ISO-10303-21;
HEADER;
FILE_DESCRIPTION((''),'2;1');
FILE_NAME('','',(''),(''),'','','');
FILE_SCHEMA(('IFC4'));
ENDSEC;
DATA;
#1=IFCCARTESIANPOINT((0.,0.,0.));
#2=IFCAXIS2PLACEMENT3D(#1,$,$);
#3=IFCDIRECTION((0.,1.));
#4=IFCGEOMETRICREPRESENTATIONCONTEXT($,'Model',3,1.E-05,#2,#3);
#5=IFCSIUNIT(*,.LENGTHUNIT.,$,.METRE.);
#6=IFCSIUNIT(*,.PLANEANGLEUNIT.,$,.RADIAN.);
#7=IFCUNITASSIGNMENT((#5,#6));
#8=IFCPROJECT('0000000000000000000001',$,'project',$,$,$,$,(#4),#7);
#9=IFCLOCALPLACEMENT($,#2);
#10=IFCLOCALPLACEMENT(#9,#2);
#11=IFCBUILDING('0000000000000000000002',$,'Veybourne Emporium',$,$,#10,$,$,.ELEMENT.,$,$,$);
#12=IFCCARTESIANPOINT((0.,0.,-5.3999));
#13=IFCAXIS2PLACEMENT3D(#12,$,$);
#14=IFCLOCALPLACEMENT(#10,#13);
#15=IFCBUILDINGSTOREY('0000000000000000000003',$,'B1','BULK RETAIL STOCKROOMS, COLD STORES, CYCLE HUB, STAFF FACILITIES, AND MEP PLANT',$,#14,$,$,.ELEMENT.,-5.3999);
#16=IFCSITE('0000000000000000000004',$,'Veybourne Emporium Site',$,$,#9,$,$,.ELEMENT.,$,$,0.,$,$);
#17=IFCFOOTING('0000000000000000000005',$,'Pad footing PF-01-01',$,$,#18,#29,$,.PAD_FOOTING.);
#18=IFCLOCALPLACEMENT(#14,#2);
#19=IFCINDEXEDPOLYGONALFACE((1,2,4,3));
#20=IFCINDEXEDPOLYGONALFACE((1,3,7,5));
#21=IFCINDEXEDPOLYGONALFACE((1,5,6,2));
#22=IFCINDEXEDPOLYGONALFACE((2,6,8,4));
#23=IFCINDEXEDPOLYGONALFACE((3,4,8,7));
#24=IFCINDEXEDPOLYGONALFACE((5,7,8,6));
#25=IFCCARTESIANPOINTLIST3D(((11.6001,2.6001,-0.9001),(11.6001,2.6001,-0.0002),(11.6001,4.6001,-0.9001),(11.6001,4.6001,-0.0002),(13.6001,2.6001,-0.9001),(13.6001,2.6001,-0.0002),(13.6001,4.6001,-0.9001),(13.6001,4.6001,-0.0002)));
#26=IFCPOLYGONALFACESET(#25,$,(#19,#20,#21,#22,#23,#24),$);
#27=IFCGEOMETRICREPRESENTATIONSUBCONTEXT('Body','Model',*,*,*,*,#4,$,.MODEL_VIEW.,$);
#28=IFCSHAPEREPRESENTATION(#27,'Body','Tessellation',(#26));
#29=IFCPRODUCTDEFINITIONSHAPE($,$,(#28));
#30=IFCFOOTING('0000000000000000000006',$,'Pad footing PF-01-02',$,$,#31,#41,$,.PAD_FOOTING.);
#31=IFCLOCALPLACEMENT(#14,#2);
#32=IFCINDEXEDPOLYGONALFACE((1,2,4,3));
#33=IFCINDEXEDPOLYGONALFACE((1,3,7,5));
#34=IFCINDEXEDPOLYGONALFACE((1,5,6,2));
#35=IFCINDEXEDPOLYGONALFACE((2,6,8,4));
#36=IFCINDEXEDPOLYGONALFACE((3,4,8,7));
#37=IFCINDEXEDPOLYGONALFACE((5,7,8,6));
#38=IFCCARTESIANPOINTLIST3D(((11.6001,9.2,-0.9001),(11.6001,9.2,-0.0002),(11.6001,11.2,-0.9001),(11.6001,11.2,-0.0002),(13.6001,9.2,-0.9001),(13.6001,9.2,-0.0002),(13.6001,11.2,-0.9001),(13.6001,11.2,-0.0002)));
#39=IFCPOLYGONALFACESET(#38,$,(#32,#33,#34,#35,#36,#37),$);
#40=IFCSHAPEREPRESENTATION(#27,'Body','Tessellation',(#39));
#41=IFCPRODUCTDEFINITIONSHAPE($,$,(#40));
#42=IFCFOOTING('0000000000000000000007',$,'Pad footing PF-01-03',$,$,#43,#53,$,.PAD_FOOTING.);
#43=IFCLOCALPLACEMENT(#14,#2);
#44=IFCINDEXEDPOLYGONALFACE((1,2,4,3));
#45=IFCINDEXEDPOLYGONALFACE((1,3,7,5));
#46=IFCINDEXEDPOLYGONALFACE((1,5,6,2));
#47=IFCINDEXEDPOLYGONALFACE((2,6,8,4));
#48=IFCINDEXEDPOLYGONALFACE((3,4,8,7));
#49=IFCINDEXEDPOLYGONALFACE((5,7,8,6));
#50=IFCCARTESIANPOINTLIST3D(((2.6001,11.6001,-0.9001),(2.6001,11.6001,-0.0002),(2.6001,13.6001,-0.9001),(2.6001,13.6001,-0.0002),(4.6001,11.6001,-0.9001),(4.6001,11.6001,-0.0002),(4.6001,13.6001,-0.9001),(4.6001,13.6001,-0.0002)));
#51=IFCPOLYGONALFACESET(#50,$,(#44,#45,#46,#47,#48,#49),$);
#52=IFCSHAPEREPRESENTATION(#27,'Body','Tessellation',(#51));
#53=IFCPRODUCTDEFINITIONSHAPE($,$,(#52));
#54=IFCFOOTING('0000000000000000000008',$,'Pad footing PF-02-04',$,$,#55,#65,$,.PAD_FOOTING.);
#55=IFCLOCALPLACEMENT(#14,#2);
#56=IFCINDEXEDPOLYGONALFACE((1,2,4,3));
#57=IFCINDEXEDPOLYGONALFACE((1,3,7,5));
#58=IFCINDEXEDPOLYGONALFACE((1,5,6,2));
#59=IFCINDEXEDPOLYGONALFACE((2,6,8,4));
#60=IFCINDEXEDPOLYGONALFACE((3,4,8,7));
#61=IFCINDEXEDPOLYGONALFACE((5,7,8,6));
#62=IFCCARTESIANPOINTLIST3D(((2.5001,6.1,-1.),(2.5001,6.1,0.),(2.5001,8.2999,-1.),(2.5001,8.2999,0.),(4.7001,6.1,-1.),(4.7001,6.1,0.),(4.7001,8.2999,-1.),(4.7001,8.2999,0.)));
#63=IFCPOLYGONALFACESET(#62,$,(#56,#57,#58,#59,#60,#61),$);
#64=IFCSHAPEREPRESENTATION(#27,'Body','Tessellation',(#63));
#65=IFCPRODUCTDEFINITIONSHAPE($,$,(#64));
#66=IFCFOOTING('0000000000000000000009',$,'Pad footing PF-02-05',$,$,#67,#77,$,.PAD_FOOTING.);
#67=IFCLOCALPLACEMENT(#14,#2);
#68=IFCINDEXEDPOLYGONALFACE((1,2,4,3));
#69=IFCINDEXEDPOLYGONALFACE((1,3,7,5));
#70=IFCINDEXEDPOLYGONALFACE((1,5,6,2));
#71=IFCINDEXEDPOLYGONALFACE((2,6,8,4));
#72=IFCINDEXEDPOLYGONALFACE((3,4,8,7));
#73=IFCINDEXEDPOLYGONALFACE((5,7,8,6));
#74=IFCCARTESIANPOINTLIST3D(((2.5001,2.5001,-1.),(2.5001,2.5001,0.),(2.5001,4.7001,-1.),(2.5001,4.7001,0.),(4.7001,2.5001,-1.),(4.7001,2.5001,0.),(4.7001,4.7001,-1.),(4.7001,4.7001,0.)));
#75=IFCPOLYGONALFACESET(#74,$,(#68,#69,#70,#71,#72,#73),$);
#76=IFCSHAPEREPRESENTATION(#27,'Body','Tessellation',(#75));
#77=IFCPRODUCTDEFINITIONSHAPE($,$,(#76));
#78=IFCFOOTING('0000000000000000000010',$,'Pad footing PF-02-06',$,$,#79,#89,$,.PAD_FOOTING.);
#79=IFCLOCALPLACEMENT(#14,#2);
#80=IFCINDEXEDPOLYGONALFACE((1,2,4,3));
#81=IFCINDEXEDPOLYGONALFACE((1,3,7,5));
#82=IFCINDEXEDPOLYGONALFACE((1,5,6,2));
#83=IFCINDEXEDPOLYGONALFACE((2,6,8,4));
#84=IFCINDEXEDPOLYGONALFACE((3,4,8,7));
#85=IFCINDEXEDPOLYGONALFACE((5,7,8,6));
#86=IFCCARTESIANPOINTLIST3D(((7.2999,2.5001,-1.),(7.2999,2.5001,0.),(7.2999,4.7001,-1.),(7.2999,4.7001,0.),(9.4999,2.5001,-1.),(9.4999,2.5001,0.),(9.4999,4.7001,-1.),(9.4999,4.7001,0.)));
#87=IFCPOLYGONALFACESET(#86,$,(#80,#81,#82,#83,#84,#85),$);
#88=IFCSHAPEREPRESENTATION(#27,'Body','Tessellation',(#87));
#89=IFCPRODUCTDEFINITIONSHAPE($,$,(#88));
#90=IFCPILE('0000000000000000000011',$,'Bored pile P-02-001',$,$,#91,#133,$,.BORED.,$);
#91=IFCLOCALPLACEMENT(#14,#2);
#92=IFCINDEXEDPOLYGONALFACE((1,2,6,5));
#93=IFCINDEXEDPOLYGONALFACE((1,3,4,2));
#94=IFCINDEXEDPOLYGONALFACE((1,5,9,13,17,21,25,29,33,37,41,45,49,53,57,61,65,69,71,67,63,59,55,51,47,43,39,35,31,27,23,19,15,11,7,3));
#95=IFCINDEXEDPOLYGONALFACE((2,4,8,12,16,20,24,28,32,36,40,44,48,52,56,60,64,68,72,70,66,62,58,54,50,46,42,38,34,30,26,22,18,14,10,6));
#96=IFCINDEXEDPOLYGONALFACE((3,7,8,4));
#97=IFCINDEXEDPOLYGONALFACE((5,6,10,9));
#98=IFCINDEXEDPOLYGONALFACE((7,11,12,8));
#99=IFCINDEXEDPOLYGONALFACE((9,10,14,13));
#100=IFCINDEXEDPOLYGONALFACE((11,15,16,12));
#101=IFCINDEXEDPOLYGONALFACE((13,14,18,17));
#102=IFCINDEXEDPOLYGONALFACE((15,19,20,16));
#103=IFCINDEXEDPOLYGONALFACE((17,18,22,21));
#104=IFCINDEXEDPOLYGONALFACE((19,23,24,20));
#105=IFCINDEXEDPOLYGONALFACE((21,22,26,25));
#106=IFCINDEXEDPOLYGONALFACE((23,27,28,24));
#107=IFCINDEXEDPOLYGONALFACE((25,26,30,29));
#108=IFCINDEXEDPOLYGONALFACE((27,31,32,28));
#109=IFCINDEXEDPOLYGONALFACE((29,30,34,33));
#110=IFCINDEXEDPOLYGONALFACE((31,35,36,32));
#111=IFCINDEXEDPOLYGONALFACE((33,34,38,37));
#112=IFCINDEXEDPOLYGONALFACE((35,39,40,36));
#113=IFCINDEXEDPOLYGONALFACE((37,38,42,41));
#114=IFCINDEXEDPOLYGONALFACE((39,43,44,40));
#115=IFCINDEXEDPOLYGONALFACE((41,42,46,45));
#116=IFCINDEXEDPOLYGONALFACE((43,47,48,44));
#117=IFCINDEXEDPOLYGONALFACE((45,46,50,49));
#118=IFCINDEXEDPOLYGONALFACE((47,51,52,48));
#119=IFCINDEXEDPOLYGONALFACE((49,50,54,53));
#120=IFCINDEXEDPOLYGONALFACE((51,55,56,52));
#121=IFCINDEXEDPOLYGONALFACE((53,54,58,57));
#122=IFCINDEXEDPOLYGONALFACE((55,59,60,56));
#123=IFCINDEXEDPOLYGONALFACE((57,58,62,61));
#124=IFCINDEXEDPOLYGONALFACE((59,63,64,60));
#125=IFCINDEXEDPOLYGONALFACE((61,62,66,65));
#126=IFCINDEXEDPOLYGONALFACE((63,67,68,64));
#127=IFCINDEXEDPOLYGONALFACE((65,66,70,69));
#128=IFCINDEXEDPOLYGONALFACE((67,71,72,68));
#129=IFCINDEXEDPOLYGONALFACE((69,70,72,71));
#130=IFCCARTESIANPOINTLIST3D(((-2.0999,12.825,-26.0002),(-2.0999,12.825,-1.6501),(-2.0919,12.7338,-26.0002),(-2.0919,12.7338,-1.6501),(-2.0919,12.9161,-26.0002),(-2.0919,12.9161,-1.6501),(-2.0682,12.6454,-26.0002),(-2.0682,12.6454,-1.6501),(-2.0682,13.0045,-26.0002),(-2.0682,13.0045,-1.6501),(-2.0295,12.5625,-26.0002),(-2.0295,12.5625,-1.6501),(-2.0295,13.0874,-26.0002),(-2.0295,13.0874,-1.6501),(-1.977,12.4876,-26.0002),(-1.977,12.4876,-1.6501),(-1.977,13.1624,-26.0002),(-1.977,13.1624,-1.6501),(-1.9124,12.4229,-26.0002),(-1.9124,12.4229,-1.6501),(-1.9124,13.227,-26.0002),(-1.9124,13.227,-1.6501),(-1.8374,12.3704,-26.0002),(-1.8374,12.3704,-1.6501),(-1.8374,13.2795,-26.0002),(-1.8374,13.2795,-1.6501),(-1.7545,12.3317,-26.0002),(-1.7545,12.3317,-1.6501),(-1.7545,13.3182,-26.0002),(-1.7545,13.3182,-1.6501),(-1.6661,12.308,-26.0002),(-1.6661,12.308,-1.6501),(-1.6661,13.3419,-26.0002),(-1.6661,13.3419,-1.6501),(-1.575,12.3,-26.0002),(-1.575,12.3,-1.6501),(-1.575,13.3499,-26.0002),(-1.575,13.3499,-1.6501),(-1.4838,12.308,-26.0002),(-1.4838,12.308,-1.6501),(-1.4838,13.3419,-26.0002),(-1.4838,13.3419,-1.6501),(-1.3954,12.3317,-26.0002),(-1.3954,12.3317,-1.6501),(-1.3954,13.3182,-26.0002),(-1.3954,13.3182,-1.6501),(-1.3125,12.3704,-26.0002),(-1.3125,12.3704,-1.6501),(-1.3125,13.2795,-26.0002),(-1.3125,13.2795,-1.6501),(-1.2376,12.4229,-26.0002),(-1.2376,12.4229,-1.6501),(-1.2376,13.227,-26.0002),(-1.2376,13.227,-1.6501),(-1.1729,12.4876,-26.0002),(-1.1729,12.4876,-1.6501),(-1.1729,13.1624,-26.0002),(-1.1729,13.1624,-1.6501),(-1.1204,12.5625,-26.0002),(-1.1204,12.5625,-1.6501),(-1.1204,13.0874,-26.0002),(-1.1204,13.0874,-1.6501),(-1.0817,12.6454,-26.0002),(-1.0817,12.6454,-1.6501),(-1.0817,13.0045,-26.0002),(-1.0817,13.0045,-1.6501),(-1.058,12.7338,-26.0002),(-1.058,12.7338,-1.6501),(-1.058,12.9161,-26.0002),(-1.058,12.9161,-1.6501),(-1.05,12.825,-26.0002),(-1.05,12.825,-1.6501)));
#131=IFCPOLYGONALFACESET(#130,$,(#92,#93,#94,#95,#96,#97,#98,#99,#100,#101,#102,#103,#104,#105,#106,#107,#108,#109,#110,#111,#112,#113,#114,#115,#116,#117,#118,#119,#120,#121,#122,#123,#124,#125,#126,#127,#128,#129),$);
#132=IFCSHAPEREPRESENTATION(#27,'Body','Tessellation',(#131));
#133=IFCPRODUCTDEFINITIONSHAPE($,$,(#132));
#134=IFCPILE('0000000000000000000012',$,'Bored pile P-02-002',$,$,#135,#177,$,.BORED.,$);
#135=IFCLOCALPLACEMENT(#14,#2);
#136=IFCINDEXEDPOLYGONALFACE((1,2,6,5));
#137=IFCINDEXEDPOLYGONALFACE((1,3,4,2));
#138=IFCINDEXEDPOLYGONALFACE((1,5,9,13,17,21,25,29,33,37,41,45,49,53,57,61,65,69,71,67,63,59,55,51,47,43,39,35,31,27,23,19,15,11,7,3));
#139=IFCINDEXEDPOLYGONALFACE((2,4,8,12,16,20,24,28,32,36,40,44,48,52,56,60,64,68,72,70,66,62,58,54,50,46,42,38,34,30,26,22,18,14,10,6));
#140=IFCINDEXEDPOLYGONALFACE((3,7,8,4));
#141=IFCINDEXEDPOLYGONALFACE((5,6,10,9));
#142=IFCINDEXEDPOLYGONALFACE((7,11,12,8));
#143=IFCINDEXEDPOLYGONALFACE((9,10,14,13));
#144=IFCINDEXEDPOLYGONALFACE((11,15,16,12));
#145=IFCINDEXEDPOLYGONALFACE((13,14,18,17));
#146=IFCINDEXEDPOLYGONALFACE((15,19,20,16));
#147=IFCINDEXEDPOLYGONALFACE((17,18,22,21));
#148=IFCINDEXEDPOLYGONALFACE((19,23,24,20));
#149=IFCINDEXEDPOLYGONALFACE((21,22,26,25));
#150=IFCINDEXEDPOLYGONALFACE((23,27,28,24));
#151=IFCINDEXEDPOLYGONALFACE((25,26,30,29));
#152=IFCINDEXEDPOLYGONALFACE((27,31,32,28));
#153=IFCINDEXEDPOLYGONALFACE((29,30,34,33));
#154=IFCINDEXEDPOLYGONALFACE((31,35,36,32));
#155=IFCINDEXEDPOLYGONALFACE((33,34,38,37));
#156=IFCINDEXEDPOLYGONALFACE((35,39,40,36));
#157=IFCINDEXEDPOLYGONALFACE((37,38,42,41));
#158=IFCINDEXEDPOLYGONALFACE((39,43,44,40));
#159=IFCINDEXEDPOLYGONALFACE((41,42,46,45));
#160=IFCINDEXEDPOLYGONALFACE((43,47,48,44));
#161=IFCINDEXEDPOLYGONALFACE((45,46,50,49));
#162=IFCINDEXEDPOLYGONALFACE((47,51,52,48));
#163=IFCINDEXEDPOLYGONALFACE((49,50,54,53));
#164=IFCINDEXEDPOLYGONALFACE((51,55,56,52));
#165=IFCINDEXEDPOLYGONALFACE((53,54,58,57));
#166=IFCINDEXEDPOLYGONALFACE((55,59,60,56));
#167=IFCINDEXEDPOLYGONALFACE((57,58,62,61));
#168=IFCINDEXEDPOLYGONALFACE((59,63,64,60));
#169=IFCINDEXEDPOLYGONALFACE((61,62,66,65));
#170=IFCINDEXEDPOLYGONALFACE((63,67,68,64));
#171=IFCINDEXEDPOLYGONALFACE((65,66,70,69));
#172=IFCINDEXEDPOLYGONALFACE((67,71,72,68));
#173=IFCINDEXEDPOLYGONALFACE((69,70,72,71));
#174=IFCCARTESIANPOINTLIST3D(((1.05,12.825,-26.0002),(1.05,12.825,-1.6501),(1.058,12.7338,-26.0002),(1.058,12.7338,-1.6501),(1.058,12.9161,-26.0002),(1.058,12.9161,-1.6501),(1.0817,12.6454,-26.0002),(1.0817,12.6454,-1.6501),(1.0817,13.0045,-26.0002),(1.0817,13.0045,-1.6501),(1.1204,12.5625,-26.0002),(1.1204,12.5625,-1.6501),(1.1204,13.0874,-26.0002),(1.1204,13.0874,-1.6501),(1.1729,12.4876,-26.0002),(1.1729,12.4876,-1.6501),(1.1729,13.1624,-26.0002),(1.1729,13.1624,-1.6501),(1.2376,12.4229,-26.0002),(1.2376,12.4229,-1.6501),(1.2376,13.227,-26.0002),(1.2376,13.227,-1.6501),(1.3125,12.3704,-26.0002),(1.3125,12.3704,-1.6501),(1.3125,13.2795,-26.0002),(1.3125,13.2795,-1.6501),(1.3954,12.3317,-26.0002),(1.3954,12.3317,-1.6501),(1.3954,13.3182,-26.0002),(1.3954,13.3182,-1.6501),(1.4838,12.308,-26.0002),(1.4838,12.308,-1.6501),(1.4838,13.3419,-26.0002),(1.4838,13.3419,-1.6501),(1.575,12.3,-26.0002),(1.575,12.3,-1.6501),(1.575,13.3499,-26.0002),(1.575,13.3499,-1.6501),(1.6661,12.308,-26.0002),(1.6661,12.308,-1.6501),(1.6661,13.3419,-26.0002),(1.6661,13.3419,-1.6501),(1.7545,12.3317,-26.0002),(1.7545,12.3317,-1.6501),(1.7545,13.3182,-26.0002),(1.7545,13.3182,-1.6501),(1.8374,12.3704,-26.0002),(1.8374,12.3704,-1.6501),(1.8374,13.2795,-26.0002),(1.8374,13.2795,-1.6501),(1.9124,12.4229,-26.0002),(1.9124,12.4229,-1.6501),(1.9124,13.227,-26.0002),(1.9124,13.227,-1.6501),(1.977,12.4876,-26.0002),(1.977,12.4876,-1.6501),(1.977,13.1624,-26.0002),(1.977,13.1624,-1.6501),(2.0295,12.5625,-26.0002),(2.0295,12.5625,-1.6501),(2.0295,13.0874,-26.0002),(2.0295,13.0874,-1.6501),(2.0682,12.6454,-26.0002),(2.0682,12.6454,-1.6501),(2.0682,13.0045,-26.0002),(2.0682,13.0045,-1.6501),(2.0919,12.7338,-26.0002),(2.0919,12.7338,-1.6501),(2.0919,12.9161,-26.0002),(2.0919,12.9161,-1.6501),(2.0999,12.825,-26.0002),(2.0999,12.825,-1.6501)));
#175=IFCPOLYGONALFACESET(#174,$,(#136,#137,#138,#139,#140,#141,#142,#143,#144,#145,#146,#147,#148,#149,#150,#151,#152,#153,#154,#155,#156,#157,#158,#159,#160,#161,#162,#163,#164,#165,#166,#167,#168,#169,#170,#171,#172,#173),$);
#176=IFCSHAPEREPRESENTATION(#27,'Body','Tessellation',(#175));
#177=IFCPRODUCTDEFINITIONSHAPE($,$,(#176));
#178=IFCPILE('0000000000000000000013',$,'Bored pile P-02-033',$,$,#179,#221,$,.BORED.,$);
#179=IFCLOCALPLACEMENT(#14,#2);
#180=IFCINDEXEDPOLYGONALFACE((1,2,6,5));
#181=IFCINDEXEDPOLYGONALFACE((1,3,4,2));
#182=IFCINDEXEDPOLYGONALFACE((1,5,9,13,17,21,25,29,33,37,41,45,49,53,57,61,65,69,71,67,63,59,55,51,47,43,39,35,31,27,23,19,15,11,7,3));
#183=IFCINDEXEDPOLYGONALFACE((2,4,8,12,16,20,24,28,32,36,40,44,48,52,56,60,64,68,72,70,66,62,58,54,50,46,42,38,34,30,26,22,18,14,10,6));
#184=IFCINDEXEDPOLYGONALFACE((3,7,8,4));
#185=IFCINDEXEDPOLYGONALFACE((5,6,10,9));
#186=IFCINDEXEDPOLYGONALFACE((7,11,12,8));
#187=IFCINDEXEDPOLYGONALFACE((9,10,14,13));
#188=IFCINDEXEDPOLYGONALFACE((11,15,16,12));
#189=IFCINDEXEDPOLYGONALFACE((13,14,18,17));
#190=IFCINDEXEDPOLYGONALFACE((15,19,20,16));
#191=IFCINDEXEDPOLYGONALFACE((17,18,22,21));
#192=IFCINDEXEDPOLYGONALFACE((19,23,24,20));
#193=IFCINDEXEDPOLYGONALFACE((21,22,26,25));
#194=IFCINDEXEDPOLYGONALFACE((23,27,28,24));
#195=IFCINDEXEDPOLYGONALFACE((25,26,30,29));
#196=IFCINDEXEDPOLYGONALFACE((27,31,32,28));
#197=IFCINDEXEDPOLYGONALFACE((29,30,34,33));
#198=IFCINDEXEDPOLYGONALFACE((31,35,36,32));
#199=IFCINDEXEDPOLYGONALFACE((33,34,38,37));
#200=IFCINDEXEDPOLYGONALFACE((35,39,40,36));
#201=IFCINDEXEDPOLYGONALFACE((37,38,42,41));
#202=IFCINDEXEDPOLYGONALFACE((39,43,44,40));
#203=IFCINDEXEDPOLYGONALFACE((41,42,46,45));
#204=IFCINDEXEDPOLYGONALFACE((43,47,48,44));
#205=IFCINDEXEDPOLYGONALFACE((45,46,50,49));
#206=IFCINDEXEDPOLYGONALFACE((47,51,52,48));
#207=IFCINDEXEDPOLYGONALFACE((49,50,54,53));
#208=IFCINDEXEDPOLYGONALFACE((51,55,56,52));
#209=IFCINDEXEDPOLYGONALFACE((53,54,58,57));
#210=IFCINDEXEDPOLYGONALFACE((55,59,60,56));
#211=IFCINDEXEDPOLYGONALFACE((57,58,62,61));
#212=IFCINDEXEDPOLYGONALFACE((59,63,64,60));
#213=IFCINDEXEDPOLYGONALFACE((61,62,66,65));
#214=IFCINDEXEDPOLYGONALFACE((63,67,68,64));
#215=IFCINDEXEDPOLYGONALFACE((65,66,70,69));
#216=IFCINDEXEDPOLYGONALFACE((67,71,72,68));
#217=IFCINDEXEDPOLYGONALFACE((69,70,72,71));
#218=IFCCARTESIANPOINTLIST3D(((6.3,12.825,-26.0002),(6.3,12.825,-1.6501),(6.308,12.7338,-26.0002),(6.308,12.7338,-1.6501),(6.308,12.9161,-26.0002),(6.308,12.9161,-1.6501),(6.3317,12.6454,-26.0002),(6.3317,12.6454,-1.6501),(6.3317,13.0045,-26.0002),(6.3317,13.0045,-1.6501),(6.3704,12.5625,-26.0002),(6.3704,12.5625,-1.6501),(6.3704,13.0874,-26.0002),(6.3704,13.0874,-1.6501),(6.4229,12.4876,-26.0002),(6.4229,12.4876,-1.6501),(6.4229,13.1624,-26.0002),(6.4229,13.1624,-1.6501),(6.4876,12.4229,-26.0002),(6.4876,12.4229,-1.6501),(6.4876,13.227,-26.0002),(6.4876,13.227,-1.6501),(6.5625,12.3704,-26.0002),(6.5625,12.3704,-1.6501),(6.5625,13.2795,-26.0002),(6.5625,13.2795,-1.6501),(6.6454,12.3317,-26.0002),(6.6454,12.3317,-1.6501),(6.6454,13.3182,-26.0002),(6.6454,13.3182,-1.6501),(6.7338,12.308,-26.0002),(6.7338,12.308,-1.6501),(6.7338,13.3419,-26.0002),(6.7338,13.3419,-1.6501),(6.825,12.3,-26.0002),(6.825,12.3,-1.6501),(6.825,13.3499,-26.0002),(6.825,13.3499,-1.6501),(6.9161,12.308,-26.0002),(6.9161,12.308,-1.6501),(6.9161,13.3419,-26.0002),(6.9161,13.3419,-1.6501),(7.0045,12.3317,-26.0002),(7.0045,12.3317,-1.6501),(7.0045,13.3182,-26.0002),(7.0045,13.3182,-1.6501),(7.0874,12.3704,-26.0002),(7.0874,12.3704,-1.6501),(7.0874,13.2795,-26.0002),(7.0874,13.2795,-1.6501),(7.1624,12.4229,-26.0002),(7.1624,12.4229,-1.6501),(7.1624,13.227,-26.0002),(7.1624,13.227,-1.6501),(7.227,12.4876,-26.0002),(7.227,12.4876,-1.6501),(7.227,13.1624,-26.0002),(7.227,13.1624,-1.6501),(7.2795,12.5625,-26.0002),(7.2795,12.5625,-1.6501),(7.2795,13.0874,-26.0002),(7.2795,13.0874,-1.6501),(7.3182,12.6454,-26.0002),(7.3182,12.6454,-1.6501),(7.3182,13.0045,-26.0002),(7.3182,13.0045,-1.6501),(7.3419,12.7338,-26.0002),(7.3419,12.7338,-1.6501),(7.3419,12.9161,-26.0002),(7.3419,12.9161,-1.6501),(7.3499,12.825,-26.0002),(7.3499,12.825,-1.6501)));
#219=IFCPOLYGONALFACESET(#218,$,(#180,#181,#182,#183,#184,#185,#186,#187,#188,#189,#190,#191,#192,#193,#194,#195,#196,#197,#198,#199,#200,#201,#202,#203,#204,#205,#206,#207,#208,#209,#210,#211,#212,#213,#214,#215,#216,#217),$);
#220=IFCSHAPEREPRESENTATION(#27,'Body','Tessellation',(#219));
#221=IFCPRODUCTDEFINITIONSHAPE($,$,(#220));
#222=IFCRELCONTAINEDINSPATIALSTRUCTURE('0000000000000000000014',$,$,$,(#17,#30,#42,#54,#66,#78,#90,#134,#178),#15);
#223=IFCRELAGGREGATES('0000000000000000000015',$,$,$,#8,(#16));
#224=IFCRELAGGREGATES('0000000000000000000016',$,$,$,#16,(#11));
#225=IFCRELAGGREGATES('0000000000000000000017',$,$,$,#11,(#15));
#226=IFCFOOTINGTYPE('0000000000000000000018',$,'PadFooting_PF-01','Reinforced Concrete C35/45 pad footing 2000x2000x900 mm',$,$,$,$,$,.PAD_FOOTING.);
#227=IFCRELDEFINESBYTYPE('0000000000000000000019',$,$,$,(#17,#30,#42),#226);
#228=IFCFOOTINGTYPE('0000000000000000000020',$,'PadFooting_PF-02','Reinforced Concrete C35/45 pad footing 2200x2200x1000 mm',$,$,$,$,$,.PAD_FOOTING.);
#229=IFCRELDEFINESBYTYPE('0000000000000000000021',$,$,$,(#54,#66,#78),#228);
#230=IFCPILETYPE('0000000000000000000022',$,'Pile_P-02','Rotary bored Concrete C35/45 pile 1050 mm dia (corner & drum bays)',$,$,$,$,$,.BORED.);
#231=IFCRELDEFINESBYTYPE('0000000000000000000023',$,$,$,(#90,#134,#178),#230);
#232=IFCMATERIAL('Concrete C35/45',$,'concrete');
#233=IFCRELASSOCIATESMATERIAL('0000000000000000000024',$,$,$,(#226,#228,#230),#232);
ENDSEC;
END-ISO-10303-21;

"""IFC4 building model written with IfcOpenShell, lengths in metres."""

from ifc_helpers import new_model, si_unit, direction, frame, origin, origin_2d, place, context, subcontext, project, spatial, rectangle, circle, extrude, material, material_profile, profile_set, type_object, element, save


model = new_model("IFC4")

# Units and contexts
model_context = context("Model", 3, precision=1e-05, world=origin(), true_north=direction((0.0, 1.0)))
body_context = subcontext(model_context, "Body", "Model", "MODEL_VIEW")
ifc_project = project(units=[si_unit("LENGTHUNIT", "METRE"), si_unit("PLANEANGLEUNIT", "RADIAN")], contexts=[model_context])

# Site, building, storey
site_placement = place(None, origin())
site = spatial("IfcSite", under=ifc_project, at=site_placement, Name="Veybourne Emporium Site", CompositionType="ELEMENT", RefElevation=0.0)
building_placement = place(site_placement, origin())
building = spatial("IfcBuilding", under=site, at=building_placement, Name="Veybourne Emporium", CompositionType="ELEMENT")
storey_placement = place(building_placement, frame((0.0, 0.0, -5.3999)))
storey = spatial("IfcBuildingStorey", under=building, at=storey_placement, Name="B1", Description="BULK RETAIL STOCKROOMS, COLD STORES, CYCLE HUB, STAFF FACILITIES, AND MEP PLANT", CompositionType="ELEMENT", Elevation=-5.3999)

# Footings
ifc_material_1 = material(Name="Concrete C35/45", Category="concrete")
footing_type_1 = type_object("IfcFootingType", Name="PadFooting_PF-01", Description="Reinforced Concrete C35/45 pad footing 2000x2000x900 mm", PredefinedType="PAD_FOOTING", material=ifc_material_1)
for number, where, z_axis, x_axis, name in (
    (1, (12.6001, 3.6001, -0.9001), (0.0, 0.0, 1.0), (1.0, 0.0, 0.0), "Pad footing PF-01-01"),
    (2, (12.6001, 10.2, -0.9001), (0.0, 0.0, 1.0), (1.0, 0.0, 0.0), "Pad footing PF-01-02"),
    (3, (3.6001, 12.6001, -0.9001), (0.0, 0.0, 1.0), (1.0, 0.0, 0.0), "Pad footing PF-01-03"),
):
    element("IfcFooting", number, at=place(storey_placement, frame(where, z_axis=z_axis, x_axis=x_axis)), inside=storey, type_object=footing_type_1, Name=name, PredefinedType="PAD_FOOTING", context=body_context, shape_type="SweptSolid", body=[
        extrude(rectangle(XDim=2.0, YDim=2.0, at=origin_2d()), origin(), (0.0, 0.0, 1.0), 0.8999),
    ])
footing_type_2 = type_object("IfcFootingType", Name="PadFooting_PF-02", Description="Reinforced Concrete C35/45 pad footing 2200x2200x1000 mm", PredefinedType="PAD_FOOTING", material=ifc_material_1)
for number, where, z_axis, x_axis, name in (
    (4, (3.6001, 7.2, -1.0), (0.0, 0.0, 1.0), (1.0, 0.0, 0.0), "Pad footing PF-02-04"),
    (5, (3.6001, 3.6001, -1.0), (0.0, 0.0, 1.0), (1.0, 0.0, 0.0), "Pad footing PF-02-05"),
    (6, (8.3999, 3.6001, -1.0), (0.0, 0.0, 1.0), (1.0, 0.0, 0.0), "Pad footing PF-02-06"),
):
    element("IfcFooting", number, at=place(storey_placement, frame(where, z_axis=z_axis, x_axis=x_axis)), inside=storey, type_object=footing_type_2, Name=name, PredefinedType="PAD_FOOTING", context=body_context, shape_type="SweptSolid", body=[
        extrude(rectangle(XDim=2.2, YDim=2.2, at=origin_2d()), origin(), (0.0, 0.0, 1.0), 1.0),
    ])

# Piles
ifc_material_profile_1 = material_profile(ifc_material_1, circle(Radius=0.5249, at=origin_2d()), Name="BORED PILE 1050")
ifc_profile_set_1 = profile_set([ifc_material_profile_1], Name="Concrete C35/45")
pile_type = type_object("IfcPileType", Name="Pile_P-02", Description="Rotary bored Concrete C35/45 pile 1050 mm dia (corner & drum bays)", PredefinedType="BORED", material=ifc_profile_set_1)
for number, where, z_axis, x_axis, name in (
    (7, (-1.575, 12.825, -1.6501), (0.0, 0.0, -1.0), (1.0, 0.0, 0.0), "Bored pile P-02-001"),
    (8, (1.575, 12.825, -1.6501), (0.0, 0.0, -1.0), (1.0, 0.0, 0.0), "Bored pile P-02-002"),
    (9, (6.825, 12.825, -1.6501), (0.0, 0.0, -1.0), (1.0, 0.0, 0.0), "Bored pile P-02-033"),
):
    element("IfcPile", number, at=place(storey_placement, frame(where, z_axis=z_axis, x_axis=x_axis)), inside=storey, type_object=pile_type, Name=name, PredefinedType="BORED", context=body_context, shape_type="SweptSolid", body=[
        extrude(circle(Radius=0.5249, at=origin_2d()), origin(), (0.0, 0.0, 1.0), 24.3501),
    ])

save(model, "model.ifc")
